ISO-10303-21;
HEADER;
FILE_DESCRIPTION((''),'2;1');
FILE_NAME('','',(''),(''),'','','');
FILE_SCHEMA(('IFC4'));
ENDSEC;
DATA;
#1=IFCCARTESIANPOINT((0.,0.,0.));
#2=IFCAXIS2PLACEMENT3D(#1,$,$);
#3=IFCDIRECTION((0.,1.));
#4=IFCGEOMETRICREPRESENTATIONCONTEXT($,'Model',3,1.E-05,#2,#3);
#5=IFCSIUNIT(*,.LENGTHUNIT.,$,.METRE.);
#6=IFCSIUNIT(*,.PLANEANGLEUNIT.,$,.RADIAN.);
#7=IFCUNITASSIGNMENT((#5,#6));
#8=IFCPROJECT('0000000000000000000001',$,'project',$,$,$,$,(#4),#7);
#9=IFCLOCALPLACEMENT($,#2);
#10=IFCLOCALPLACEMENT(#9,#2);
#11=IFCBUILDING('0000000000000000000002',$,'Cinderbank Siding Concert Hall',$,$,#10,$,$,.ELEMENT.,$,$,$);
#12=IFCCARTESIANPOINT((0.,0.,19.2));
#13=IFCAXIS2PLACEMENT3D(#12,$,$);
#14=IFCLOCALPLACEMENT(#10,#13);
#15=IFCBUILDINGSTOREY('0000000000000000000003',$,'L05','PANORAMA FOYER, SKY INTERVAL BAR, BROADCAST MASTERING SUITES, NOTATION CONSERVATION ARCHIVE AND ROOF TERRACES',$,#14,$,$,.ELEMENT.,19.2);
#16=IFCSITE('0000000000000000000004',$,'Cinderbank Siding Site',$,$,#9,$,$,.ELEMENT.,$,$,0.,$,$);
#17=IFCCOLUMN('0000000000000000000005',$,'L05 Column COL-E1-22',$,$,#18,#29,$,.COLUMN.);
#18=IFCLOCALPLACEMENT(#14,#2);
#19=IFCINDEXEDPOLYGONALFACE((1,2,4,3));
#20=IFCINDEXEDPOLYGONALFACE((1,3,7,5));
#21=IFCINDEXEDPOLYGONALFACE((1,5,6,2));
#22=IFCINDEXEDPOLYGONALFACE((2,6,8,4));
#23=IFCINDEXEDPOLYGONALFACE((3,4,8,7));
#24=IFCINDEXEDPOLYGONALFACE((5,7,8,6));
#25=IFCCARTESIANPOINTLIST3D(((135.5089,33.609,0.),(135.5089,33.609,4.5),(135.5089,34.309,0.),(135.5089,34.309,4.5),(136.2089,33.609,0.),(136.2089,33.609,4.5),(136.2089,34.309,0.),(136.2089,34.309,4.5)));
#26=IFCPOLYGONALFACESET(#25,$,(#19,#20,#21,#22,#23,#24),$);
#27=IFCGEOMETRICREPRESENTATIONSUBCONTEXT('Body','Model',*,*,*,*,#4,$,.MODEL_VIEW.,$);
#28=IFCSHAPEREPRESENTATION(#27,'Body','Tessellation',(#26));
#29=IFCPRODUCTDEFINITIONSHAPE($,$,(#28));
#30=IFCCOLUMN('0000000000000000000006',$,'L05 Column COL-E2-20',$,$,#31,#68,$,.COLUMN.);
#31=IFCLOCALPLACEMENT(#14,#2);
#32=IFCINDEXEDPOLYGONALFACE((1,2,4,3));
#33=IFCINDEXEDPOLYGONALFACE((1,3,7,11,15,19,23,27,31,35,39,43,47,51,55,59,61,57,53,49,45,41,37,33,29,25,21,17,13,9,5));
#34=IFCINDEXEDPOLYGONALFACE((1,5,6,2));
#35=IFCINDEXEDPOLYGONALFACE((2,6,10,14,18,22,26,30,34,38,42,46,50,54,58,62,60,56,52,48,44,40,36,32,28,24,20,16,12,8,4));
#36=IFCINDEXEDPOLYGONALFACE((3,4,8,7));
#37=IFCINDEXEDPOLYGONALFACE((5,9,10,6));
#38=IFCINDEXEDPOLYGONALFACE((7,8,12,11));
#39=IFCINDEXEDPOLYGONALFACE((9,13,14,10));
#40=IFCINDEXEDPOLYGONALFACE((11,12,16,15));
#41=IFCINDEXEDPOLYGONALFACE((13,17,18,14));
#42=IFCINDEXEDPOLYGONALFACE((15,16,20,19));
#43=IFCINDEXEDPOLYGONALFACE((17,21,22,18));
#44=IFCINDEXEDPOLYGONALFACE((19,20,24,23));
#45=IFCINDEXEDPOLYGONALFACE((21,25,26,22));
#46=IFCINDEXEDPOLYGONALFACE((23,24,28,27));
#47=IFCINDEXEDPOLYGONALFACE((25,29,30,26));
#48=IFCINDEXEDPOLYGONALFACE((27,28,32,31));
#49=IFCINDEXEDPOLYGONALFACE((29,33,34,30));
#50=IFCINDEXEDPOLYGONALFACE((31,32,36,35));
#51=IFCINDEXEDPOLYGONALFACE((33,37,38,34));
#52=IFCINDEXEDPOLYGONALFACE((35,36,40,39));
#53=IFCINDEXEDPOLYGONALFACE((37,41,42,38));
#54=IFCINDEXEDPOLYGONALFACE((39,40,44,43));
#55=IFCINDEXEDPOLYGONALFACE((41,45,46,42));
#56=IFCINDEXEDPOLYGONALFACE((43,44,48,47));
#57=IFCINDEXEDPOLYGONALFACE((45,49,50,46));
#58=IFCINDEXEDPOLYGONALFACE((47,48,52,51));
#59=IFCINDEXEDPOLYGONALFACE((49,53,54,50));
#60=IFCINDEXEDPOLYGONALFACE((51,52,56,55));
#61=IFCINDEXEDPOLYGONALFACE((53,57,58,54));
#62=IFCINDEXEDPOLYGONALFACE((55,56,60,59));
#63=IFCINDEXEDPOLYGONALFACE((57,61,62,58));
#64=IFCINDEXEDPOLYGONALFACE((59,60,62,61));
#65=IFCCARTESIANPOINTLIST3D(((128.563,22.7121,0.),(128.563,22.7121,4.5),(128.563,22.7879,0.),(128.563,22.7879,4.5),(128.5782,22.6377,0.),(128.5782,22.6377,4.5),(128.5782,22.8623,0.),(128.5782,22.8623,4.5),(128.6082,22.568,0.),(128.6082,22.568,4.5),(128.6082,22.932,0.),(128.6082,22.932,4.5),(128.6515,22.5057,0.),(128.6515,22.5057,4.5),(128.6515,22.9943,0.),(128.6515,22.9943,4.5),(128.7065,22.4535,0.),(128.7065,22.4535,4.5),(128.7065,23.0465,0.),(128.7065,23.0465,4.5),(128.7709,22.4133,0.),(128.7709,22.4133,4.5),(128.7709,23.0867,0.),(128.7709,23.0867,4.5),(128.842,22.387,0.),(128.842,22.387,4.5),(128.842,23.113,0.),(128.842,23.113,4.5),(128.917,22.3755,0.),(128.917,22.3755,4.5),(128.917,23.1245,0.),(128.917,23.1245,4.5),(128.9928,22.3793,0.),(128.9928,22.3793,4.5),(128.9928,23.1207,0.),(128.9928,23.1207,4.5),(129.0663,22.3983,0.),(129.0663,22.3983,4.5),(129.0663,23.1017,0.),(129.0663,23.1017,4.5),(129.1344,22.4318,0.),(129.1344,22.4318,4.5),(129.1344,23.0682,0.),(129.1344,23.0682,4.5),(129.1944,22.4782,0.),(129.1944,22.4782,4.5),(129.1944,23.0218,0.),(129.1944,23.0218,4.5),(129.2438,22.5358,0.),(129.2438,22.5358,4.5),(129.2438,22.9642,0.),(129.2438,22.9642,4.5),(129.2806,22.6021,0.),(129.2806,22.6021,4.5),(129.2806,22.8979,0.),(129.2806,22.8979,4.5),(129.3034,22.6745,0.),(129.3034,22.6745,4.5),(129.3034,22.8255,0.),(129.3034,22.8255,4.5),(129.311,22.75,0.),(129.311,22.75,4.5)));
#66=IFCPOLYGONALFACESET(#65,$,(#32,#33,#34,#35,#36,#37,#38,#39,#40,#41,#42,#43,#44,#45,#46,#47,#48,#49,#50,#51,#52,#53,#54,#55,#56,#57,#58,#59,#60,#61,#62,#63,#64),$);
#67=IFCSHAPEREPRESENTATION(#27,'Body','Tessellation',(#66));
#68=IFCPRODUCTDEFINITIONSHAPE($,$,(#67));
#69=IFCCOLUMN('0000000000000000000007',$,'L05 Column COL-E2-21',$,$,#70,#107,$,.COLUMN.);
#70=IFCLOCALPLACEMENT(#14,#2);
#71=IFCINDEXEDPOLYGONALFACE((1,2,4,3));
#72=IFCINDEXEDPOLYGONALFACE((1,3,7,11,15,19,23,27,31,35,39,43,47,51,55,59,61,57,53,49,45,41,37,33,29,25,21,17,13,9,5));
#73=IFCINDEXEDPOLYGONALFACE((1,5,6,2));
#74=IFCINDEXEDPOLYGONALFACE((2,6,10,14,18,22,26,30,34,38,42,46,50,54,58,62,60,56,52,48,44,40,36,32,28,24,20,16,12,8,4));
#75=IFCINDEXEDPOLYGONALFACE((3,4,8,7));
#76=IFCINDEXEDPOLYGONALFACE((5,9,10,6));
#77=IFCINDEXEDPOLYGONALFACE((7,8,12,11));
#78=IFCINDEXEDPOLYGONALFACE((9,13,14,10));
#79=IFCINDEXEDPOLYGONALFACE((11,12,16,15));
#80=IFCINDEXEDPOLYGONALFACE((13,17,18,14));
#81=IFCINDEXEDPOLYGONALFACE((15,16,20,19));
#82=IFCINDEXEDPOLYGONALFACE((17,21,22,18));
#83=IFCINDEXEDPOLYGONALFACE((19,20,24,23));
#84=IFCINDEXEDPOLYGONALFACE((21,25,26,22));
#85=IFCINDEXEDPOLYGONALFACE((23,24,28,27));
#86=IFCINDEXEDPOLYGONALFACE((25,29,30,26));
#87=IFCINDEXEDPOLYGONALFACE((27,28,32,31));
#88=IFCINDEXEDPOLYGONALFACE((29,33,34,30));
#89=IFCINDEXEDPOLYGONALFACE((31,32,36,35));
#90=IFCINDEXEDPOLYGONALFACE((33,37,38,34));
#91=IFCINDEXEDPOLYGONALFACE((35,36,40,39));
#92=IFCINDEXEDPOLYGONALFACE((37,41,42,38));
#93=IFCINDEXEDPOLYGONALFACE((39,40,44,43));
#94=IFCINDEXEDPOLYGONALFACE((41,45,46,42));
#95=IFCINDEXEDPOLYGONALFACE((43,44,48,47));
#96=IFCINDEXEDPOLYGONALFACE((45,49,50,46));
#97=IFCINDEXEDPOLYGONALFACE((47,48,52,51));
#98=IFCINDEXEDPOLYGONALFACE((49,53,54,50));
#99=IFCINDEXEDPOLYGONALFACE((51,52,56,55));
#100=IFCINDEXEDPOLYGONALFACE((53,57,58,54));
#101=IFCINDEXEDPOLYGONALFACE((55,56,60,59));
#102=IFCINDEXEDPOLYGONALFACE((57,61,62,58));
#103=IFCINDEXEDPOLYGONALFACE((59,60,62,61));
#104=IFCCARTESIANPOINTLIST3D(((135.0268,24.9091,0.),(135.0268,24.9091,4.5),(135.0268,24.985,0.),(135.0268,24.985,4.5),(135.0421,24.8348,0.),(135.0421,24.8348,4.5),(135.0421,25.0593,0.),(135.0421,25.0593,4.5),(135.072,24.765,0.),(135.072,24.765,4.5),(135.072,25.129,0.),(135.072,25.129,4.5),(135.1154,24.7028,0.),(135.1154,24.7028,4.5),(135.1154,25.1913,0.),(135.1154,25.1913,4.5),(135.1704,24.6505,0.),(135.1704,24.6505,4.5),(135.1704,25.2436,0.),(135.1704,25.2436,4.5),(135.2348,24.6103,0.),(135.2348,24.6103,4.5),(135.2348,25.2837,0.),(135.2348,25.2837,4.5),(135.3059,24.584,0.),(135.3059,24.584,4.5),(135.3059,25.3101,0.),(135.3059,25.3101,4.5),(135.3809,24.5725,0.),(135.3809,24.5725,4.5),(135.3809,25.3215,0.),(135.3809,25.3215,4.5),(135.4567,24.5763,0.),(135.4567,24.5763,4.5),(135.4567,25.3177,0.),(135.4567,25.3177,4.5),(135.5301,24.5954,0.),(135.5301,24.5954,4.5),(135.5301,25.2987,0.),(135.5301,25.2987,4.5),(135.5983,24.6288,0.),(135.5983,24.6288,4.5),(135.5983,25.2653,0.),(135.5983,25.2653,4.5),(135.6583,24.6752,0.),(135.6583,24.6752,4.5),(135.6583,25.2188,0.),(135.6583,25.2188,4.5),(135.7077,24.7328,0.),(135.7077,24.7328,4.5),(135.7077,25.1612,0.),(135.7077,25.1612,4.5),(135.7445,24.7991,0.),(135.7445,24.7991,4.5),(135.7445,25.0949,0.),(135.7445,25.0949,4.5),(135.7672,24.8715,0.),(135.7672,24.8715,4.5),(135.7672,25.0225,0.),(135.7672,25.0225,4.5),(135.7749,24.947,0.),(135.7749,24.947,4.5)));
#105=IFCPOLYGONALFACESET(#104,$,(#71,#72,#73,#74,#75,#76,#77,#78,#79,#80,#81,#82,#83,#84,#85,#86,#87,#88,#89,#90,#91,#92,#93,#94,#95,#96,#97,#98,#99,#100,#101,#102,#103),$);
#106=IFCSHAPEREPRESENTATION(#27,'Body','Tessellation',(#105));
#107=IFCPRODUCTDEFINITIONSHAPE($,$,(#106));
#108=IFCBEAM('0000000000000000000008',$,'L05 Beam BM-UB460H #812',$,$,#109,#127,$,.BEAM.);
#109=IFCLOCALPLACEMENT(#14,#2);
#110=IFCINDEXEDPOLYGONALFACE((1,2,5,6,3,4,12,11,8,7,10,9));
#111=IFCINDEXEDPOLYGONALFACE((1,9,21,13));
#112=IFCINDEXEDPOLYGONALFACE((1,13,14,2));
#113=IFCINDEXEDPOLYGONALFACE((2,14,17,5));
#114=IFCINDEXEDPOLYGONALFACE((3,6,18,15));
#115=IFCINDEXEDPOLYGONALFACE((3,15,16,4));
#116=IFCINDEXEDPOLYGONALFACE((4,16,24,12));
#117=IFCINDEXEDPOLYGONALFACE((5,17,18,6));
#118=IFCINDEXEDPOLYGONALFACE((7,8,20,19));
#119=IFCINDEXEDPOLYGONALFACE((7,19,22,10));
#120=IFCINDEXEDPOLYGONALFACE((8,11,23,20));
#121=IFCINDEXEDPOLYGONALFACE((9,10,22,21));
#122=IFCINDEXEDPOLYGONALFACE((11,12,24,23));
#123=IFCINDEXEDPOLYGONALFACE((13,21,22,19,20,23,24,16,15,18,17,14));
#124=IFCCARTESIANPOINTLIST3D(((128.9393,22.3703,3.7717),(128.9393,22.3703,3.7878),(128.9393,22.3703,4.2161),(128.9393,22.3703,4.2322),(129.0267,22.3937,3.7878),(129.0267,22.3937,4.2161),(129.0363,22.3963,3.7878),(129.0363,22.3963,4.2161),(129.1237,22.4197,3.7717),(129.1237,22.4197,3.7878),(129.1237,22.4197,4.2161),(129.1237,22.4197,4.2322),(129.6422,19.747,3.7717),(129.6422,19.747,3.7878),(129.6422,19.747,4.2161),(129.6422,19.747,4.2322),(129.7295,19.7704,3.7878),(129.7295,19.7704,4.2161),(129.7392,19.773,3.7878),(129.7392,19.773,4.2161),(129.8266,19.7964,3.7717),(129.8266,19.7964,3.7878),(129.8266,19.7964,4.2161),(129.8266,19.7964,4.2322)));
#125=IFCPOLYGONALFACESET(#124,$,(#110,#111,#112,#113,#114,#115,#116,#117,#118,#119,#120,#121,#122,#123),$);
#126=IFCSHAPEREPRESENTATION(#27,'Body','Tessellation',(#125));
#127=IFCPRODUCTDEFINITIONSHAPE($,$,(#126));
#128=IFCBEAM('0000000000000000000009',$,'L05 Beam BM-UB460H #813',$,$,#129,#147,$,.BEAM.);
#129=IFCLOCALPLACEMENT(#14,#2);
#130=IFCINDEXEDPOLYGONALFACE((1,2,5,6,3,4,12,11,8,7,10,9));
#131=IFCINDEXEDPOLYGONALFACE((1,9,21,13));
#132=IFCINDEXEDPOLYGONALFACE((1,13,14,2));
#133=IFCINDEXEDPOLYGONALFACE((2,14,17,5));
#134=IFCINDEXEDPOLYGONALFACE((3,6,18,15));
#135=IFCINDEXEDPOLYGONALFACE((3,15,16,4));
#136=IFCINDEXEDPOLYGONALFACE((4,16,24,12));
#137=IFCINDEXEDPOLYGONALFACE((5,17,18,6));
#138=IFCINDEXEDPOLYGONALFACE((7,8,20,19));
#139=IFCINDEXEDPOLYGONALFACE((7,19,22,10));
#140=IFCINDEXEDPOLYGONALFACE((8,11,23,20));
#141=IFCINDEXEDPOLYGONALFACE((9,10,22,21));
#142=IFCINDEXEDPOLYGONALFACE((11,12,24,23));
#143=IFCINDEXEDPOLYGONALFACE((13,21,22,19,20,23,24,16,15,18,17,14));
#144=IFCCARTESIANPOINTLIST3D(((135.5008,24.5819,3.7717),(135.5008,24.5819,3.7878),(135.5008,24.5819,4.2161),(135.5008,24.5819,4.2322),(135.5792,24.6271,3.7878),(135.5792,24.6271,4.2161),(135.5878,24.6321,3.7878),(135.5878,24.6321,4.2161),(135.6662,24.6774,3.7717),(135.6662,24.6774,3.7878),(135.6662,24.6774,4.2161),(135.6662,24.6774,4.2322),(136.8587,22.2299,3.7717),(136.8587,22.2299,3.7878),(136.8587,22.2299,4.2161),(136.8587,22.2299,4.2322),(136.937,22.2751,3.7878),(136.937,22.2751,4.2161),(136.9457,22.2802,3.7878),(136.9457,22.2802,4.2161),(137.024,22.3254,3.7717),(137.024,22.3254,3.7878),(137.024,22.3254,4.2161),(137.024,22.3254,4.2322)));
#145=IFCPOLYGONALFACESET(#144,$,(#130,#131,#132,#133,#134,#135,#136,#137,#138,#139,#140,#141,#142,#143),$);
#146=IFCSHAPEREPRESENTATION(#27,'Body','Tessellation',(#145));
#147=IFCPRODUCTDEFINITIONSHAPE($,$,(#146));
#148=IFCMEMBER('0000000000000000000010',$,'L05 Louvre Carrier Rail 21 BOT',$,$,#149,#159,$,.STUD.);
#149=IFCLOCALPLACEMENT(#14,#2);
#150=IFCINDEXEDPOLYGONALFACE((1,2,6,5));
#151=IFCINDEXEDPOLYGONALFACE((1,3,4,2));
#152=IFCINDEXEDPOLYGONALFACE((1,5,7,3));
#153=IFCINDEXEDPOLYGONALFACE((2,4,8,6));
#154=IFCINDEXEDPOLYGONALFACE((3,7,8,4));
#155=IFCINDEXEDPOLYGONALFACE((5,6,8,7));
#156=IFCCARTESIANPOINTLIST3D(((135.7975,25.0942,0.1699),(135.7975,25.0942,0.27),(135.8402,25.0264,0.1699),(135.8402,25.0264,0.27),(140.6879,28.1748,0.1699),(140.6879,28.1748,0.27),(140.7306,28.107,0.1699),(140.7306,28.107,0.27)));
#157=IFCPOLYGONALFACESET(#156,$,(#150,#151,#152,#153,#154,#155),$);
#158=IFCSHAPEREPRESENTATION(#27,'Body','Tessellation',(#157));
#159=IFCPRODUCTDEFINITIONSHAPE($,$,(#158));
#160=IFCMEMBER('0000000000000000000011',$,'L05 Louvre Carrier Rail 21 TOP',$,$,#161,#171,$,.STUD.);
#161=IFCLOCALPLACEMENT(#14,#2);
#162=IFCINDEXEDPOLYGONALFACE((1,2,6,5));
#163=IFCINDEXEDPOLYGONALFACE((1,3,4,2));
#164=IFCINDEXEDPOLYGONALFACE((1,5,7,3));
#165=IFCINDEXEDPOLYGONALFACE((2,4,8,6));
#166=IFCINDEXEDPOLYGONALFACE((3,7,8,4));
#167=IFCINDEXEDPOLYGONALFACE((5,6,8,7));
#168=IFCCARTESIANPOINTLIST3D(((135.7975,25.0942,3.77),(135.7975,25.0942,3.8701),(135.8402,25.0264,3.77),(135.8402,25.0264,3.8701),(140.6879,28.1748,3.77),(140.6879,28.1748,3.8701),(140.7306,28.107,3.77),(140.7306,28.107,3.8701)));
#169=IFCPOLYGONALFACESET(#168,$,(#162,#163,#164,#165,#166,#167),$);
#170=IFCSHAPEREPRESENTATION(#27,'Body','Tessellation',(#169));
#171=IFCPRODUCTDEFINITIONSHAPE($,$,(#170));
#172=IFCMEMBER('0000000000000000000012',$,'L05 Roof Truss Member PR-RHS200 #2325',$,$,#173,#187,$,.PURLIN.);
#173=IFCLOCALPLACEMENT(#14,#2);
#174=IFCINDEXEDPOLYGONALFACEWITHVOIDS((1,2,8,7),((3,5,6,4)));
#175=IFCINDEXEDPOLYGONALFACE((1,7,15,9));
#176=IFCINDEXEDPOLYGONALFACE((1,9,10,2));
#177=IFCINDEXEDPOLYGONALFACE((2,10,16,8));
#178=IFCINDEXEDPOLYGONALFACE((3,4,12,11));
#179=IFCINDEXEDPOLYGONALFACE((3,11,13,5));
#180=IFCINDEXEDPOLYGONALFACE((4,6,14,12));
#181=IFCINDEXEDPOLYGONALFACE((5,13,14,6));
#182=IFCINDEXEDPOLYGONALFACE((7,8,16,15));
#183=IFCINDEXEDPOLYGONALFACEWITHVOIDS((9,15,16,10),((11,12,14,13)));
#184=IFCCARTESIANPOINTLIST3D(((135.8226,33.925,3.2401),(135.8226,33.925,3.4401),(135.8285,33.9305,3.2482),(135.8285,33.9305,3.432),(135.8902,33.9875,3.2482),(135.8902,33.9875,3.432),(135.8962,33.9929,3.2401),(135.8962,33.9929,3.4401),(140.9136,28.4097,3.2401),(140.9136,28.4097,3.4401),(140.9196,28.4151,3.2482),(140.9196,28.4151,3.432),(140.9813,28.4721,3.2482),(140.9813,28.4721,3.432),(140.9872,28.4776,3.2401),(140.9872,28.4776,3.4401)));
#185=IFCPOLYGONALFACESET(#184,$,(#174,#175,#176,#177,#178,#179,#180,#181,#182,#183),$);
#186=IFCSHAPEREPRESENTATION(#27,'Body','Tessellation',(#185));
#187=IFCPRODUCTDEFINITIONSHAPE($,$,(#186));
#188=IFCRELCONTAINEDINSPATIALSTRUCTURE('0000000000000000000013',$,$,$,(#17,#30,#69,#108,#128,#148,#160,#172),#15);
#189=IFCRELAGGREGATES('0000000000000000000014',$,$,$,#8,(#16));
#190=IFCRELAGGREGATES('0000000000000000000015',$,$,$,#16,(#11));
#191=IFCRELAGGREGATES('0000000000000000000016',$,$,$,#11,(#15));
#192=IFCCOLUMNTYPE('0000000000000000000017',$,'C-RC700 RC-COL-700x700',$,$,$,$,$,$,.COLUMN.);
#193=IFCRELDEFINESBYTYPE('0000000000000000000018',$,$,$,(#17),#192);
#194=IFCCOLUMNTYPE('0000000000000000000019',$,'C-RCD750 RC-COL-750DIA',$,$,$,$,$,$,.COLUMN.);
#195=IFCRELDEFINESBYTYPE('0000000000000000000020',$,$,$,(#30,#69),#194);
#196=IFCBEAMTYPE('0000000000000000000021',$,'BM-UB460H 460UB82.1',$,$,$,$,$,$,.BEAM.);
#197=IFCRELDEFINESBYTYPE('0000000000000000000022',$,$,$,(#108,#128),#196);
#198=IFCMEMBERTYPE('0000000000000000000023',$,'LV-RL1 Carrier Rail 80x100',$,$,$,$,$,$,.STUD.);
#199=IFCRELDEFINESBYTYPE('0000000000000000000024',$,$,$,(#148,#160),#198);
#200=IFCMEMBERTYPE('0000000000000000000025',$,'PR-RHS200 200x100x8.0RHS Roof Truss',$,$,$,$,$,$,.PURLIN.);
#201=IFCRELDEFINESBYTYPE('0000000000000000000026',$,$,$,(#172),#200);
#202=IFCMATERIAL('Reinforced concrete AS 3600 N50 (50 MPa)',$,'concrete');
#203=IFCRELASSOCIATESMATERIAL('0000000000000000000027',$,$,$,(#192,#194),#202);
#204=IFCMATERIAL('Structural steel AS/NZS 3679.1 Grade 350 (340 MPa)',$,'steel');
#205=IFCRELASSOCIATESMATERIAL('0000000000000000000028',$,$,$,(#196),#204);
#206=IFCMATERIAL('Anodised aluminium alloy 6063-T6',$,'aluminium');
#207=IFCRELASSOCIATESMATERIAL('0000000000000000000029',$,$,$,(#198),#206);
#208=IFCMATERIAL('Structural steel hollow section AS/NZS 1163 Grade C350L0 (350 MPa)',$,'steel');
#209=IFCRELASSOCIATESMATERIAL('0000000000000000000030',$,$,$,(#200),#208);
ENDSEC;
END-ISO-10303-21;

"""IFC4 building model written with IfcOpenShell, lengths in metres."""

from ifc_helpers import new_model, si_unit, direction, frame, origin, origin_2d, place, context, subcontext, project, spatial, rectangle, hollow_rectangle, circle, i_section, extrude, material, material_profile, profile_set, type_object, element, save


model = new_model("IFC4")

# Units and contexts
model_context = context("Model", 3, precision=1e-05, world=origin(), true_north=direction((0.0, 1.0)))
body_context = subcontext(model_context, "Body", "Model", "MODEL_VIEW")
ifc_project = project(units=[si_unit("LENGTHUNIT", "METRE"), si_unit("PLANEANGLEUNIT", "RADIAN")], contexts=[model_context])

# Site, building, storey
site_placement = place(None, origin())
site = spatial("IfcSite", under=ifc_project, at=site_placement, Name="Cinderbank Siding Site", CompositionType="ELEMENT", RefElevation=0.0)
building_placement = place(site_placement, origin())
building = spatial("IfcBuilding", under=site, at=building_placement, Name="Cinderbank Siding Concert Hall", CompositionType="ELEMENT")
storey_placement = place(building_placement, frame((0.0, 0.0, 19.2)))
storey = spatial("IfcBuildingStorey", under=building, at=storey_placement, Name="L05", Description="PANORAMA FOYER, SKY INTERVAL BAR, BROADCAST MASTERING SUITES, NOTATION CONSERVATION ARCHIVE AND ROOF TERRACES", CompositionType="ELEMENT", Elevation=19.2)

# Columns
ifc_material_1 = material(Name="Reinforced concrete AS 3600 N50 (50 MPa)", Category="concrete")
ifc_material_profile_1 = material_profile(ifc_material_1, rectangle(XDim=0.7, YDim=0.7, at=origin_2d()), Name="RC-COL-700x700", Category="LoadBearing")
ifc_profile_set_1 = profile_set([ifc_material_profile_1], Name="Reinforced concrete AS 3600 N50 (50 MPa)")
column_type_1 = type_object("IfcColumnType", Name="C-RC700 RC-COL-700x700", PredefinedType="COLUMN", material=ifc_profile_set_1)
column_placement = place(storey_placement, frame((135.8589, 33.959, 0.0), z_axis=(0.0, 0.0, 1.0), x_axis=(1.0, 0.0, 0.0)))
element("IfcColumn", 1, at=column_placement, inside=storey, type_object=column_type_1, Name="L05 Column COL-E1-22", PredefinedType="COLUMN", context=body_context, shape_type="SweptSolid", body=[
    extrude(rectangle(XDim=0.7, YDim=0.7, at=origin_2d()), origin(), (0.0, 0.0, 1.0), 4.5),
])
ifc_material_profile_2 = material_profile(ifc_material_1, circle(Radius=0.375, at=origin_2d()), Name="RC-COL-750DIA", Category="LoadBearing")
ifc_profile_set_2 = profile_set([ifc_material_profile_2], Name="Reinforced concrete AS 3600 N50 (50 MPa)")
column_type_2 = type_object("IfcColumnType", Name="C-RCD750 RC-COL-750DIA", PredefinedType="COLUMN", material=ifc_profile_set_2)
for number, where, z_axis, x_axis, name in (
    (2, (128.936, 22.75, 0.0), (0.0, 0.0, 1.0), (1.0, 0.0, 0.0), "L05 Column COL-E2-20"),
    (3, (135.3999, 24.947, 0.0), (0.0, 0.0, 1.0), (1.0, 0.0, 0.0), "L05 Column COL-E2-21"),
):
    element("IfcColumn", number, at=place(storey_placement, frame(where, z_axis=z_axis, x_axis=x_axis)), inside=storey, type_object=column_type_2, Name=name, PredefinedType="COLUMN", context=body_context, shape_type="SweptSolid", body=[
        extrude(circle(Radius=0.375, at=origin_2d()), origin(), (0.0, 0.0, 1.0), 4.5),
    ])

# Beams
ifc_material_2 = material(Name="Structural steel AS/NZS 3679.1 Grade 350 (340 MPa)", Category="steel")
ifc_material_profile_3 = material_profile(ifc_material_2, i_section(OverallWidth=0.1909, OverallDepth=0.4604, WebThickness=0.01, FlangeThickness=0.0161, at=origin_2d()), Name="460UB82.1", Category="LoadBearing")
ifc_profile_set_3 = profile_set([ifc_material_profile_3], Name="Structural steel AS/NZS 3679.1 Grade 350 (340 MPa)")
beam_type = type_object("IfcBeamType", Name="BM-UB460H 460UB82.1", PredefinedType="BEAM", material=ifc_profile_set_3)
for number, where, z_axis, x_axis, name in (
    (4, (129.0315, 22.395, 4.002), (0.258809, -0.965928, 0.0), (0.965928, 0.258809, 0.0), "L05 Beam BM-UB460H #812"),
    (5, (135.5835, 24.6296, 4.002), (0.499987, -0.866033, 0.0), (0.866033, 0.499987, 0.0), "L05 Beam BM-UB460H #813"),
):
    element("IfcBeam", number, at=place(storey_placement, frame(where, z_axis=z_axis, x_axis=x_axis)), inside=storey, type_object=beam_type, Name=name, PredefinedType="BEAM", context=body_context, shape_type="SweptSolid", body=[
        extrude(i_section(OverallWidth=0.1909, OverallDepth=0.4604, WebThickness=0.01, FlangeThickness=0.0161, at=origin_2d()), origin(), (0.0, 0.0, 1.0), 2.7158),
    ])

# Members
ifc_material_3 = material(Name="Anodised aluminium alloy 6063-T6", Category="aluminium")
ifc_material_profile_4 = material_profile(ifc_material_3, rectangle(XDim=0.0801, YDim=0.1001, at=origin_2d()), Name="ALU-RAIL-80x100", Category="LoadBearing")
ifc_profile_set_4 = profile_set([ifc_material_profile_4], Name="Anodised aluminium alloy 6063-T6")
member_type_1 = type_object("IfcMemberType", Name="LV-RL1 Carrier Rail 80x100", PredefinedType="STUD", material=ifc_profile_set_4)
for number, where, z_axis, x_axis, name in (
    (6, (135.8188, 25.0603, 0.22), (0.846121, 0.532991, 0.0), (-0.532991, 0.846121, 0.0), "L05 Louvre Carrier Rail 21 BOT"),
    (7, (135.8188, 25.0603, 3.8201), (0.846121, 0.532991, 0.0), (-0.532991, 0.846121, 0.0), "L05 Louvre Carrier Rail 21 TOP"),
):
    element("IfcMember", number, at=place(storey_placement, frame(where, z_axis=z_axis, x_axis=x_axis)), inside=storey, type_object=member_type_1, Name=name, PredefinedType="STUD", context=body_context, shape_type="SweptSolid", body=[
        extrude(rectangle(XDim=0.0801, YDim=0.1001, at=origin_2d()), origin(), (0.0, 0.0, 1.0), 5.7798),
    ])
ifc_material_4 = material(Name="Structural steel hollow section AS/NZS 1163 Grade C350L0 (350 MPa)", Category="steel")
ifc_material_profile_5 = material_profile(ifc_material_4, hollow_rectangle(XDim=0.1001, YDim=0.2, WallThickness=0.0081, at=origin_2d()), Name="200x100x8.0RHS", Category="LoadBearing")
ifc_profile_set_5 = profile_set([ifc_material_profile_5], Name="Structural steel hollow section AS/NZS 1163 Grade C350L0 (350 MPa)")
member_type_2 = type_object("IfcMemberType", Name="PR-RHS200 200x100x8.0RHS Roof Truss", PredefinedType="PURLIN", material=ifc_profile_set_5)
member_1_placement = place(storey_placement, frame((135.8594, 33.959, 3.3401), z_axis=(0.678276, -0.734807, 0.0), x_axis=(0.734807, 0.678276, 0.0)))
element("IfcMember", 8, at=member_1_placement, inside=storey, type_object=member_type_2, Name="L05 Roof Truss Member PR-RHS200 #2325", PredefinedType="PURLIN", context=body_context, shape_type="SweptSolid", body=[
    extrude(hollow_rectangle(XDim=0.1001, YDim=0.2, WallThickness=0.0081, at=origin_2d()), origin(), (0.0, 0.0, 1.0), 7.5059),
])

save(model, "model.ifc")
